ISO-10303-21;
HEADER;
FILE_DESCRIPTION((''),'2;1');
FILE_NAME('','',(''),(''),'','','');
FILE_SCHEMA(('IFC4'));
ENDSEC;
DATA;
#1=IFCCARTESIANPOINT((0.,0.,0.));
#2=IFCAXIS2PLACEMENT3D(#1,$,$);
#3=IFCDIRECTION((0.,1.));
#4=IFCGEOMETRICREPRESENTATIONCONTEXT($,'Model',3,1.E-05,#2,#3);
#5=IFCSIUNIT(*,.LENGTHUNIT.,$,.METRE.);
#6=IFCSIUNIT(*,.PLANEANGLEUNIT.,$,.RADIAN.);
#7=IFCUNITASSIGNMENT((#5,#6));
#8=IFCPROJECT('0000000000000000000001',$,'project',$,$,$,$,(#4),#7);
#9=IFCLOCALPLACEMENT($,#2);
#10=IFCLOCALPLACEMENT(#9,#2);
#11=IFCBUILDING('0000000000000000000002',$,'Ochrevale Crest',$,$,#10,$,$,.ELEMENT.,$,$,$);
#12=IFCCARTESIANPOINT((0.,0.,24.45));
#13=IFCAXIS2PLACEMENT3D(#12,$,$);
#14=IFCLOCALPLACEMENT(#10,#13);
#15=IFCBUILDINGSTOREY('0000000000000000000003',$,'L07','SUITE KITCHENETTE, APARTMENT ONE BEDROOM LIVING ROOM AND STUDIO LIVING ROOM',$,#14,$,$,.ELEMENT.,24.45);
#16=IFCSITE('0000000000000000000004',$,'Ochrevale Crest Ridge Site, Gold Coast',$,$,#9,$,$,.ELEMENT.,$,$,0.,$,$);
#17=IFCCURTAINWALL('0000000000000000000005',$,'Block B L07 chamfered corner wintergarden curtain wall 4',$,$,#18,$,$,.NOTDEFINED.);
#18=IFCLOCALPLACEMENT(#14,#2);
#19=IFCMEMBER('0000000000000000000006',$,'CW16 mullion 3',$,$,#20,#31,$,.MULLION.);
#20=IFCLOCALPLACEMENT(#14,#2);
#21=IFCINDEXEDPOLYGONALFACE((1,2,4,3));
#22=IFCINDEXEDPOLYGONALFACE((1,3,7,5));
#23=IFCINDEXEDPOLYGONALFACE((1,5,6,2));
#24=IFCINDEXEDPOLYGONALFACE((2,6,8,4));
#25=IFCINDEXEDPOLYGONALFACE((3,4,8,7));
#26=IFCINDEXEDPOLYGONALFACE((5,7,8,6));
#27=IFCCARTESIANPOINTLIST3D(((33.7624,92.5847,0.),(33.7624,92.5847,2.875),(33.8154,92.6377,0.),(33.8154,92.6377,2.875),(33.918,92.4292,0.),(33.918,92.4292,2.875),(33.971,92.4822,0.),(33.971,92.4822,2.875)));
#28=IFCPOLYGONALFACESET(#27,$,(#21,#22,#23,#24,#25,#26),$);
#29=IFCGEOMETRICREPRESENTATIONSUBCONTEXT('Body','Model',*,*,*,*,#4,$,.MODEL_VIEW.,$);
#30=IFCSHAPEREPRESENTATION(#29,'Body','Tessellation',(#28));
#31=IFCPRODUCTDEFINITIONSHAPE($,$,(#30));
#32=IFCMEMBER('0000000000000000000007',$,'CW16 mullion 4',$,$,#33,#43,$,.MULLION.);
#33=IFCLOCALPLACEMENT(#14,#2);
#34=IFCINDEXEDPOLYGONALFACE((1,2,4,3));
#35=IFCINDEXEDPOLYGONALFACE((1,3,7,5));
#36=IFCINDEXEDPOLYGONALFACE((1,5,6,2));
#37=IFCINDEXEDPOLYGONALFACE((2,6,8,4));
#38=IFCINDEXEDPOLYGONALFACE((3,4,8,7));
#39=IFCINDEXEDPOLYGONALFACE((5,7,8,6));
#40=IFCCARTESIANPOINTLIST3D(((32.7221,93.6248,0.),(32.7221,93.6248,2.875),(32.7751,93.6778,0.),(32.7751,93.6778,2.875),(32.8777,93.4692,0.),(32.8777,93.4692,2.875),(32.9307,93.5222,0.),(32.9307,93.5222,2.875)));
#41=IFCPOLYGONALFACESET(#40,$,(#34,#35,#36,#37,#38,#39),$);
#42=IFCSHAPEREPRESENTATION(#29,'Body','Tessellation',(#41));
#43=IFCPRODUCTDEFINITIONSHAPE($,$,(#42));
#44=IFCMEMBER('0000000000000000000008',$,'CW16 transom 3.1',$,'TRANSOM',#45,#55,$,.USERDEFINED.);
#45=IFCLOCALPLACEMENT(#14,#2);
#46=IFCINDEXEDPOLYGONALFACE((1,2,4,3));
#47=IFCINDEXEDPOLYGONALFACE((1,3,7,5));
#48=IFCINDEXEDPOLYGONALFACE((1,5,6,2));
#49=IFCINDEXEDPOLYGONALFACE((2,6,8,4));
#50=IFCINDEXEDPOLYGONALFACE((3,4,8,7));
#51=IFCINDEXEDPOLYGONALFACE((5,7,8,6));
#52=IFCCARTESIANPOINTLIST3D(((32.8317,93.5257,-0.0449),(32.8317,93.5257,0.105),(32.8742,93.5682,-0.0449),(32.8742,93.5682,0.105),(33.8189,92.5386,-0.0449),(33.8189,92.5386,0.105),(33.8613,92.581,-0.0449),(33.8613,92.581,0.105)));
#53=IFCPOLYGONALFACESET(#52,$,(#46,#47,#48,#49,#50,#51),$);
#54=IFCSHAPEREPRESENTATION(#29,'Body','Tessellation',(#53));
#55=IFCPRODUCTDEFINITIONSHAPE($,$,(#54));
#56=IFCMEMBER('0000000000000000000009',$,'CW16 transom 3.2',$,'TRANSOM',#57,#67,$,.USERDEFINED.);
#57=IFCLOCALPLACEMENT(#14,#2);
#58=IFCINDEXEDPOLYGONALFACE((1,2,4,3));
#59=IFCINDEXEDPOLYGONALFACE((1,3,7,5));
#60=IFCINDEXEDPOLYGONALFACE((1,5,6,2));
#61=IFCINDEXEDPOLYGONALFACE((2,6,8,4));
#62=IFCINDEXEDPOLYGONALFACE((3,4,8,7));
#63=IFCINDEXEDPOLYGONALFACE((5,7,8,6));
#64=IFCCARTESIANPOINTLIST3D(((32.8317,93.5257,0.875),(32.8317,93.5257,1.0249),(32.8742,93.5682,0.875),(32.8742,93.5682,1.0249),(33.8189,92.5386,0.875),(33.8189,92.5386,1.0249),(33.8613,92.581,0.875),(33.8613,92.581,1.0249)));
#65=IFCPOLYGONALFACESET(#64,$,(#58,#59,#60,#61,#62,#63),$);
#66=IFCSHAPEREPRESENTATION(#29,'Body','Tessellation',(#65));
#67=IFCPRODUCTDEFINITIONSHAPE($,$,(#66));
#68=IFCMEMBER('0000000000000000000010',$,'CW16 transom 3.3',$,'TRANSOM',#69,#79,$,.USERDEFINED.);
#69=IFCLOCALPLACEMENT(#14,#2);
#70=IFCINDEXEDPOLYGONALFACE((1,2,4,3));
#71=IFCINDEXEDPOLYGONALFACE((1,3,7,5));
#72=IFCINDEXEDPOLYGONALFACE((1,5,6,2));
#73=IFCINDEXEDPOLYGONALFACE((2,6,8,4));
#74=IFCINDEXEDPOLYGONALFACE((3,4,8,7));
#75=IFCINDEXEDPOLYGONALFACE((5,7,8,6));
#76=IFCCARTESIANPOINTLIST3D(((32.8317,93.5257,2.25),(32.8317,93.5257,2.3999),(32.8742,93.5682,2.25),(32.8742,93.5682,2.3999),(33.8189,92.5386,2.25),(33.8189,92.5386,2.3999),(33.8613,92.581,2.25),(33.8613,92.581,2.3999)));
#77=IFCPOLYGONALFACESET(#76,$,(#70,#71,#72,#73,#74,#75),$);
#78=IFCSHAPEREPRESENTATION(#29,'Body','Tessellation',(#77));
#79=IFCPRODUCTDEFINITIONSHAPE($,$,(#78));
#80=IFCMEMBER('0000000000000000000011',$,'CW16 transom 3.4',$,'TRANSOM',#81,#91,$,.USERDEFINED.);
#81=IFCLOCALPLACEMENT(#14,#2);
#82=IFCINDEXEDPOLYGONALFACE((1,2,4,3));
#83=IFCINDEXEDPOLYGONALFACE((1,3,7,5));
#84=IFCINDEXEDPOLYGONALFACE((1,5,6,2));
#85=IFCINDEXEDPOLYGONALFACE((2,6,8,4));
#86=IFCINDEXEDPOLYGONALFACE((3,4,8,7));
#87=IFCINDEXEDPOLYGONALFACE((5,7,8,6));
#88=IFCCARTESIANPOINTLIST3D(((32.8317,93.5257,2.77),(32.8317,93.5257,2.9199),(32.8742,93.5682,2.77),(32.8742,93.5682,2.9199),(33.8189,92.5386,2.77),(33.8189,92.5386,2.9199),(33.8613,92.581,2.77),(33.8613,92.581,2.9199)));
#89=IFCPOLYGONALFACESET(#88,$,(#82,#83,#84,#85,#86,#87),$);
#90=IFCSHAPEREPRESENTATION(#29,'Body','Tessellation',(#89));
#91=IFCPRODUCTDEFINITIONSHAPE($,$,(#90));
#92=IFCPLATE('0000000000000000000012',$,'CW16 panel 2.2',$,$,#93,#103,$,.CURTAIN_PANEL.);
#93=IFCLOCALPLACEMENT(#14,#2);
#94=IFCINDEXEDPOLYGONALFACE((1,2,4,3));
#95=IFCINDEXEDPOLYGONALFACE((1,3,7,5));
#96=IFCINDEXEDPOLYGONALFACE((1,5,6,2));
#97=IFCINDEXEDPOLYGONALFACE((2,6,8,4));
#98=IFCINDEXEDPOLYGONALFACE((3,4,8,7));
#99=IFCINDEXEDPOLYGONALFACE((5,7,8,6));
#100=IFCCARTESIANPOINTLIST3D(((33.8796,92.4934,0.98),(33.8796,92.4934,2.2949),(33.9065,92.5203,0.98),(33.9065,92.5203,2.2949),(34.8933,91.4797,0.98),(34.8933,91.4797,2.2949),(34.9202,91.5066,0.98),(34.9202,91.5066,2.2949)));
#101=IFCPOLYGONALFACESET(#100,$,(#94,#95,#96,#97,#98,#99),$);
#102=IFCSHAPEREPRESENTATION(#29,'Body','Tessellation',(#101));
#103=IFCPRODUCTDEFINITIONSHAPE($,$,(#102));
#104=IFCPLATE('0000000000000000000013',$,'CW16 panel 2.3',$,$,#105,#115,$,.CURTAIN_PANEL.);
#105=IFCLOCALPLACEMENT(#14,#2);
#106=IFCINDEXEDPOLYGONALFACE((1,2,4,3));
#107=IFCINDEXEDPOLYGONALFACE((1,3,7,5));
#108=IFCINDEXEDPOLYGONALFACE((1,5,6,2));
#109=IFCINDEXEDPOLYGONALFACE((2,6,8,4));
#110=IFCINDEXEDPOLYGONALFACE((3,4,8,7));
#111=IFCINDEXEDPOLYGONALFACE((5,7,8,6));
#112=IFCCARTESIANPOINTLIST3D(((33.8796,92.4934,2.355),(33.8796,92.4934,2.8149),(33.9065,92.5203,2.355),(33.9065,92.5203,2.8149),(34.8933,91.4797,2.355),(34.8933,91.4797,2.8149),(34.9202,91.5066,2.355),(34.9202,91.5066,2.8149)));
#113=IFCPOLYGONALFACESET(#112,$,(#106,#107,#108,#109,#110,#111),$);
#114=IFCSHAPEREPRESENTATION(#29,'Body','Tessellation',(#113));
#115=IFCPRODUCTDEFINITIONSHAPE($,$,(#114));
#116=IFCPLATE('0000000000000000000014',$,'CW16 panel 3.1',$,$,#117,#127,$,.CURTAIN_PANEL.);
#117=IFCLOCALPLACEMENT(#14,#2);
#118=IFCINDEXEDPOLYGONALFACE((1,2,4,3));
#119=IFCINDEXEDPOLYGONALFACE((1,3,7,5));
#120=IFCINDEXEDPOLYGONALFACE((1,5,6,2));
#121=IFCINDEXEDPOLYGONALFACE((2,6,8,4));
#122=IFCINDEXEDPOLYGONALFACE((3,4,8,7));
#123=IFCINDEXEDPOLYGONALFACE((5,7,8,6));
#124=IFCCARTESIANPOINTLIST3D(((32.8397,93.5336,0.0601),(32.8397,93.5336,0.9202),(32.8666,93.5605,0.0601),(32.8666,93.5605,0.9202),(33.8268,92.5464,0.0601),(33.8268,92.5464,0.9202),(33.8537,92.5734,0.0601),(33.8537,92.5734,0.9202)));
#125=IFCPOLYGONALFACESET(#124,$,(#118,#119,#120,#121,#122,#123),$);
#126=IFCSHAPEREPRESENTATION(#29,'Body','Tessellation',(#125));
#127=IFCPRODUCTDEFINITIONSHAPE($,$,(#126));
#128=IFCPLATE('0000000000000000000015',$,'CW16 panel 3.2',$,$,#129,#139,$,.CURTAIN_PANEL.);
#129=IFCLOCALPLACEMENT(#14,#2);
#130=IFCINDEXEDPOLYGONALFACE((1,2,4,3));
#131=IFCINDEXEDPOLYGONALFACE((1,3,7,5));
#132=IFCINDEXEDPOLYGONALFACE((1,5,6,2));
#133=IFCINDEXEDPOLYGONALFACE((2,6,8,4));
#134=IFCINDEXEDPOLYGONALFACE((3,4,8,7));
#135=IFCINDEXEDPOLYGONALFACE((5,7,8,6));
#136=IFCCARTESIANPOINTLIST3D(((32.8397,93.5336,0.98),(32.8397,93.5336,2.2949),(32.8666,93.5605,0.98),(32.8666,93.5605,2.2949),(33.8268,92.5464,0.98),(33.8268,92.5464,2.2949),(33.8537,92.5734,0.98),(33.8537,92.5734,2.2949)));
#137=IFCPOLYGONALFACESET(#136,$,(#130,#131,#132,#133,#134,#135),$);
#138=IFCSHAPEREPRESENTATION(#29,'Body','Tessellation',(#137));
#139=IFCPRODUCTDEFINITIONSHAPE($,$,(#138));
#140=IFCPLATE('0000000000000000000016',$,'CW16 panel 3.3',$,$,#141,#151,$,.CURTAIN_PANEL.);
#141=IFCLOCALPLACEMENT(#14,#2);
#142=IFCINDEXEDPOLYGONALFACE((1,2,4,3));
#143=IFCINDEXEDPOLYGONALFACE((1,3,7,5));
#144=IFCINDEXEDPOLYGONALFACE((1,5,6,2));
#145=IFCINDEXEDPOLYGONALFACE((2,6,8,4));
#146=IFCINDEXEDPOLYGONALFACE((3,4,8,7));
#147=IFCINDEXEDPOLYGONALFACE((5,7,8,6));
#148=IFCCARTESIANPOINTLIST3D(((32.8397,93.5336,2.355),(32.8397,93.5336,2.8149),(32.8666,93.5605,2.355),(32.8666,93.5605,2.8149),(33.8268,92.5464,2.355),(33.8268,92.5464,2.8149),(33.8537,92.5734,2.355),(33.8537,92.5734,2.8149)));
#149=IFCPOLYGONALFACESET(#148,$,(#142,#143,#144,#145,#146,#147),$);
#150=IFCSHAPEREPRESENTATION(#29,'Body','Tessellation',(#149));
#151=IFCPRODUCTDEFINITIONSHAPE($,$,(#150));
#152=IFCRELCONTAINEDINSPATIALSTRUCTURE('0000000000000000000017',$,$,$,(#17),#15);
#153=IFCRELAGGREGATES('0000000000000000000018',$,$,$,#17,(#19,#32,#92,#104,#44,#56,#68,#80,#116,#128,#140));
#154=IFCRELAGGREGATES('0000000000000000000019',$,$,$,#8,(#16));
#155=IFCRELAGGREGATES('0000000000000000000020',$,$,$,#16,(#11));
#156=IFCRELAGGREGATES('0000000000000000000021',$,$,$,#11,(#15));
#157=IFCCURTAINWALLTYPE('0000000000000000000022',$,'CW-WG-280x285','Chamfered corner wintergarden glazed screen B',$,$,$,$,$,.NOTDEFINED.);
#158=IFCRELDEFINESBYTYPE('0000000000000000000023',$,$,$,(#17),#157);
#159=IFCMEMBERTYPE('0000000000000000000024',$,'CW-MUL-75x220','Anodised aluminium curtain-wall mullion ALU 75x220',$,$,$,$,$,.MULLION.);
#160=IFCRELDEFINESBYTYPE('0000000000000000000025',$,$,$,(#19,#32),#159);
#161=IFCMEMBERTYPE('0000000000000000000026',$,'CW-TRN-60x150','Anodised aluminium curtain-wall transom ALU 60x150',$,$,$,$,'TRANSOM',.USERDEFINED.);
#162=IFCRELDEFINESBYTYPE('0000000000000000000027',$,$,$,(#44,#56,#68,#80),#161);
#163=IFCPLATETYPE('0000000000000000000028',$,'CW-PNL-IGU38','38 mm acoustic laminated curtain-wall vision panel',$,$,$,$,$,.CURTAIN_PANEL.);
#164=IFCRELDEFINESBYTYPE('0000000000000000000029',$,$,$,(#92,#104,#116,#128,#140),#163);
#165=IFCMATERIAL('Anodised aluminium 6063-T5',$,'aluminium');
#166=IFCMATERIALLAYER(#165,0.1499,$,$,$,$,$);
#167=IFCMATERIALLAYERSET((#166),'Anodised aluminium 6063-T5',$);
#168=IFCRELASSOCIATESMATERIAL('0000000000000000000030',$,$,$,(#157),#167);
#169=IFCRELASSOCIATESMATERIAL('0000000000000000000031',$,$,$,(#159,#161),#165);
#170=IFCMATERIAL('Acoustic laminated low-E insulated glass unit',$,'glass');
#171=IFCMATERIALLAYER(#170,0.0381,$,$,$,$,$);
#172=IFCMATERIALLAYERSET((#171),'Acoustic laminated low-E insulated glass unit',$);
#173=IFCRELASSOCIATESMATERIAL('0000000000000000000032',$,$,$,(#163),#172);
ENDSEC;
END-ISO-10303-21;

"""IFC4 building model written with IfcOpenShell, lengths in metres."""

from ifc_helpers import new_model, si_unit, direction, frame, origin, origin_2d, place, context, subcontext, project, spatial, rectangle, extrude, material, layer, layer_set, material_profile, profile_set, type_object, element, aggregate, save


model = new_model("IFC4")

# Units and contexts
model_context = context("Model", 3, precision=1e-05, world=origin(), true_north=direction((0.0, 1.0)))
body_context = subcontext(model_context, "Body", "Model", "MODEL_VIEW")
ifc_project = project(units=[si_unit("LENGTHUNIT", "METRE"), si_unit("PLANEANGLEUNIT", "RADIAN")], contexts=[model_context])

# Site, building, storey
site_placement = place(None, origin())
site = spatial("IfcSite", under=ifc_project, at=site_placement, Name="Ochrevale Crest Ridge Site, Gold Coast", CompositionType="ELEMENT", RefElevation=0.0)
building_placement = place(site_placement, origin())
building = spatial("IfcBuilding", under=site, at=building_placement, Name="Ochrevale Crest", CompositionType="ELEMENT")
storey_placement = place(building_placement, frame((0.0, 0.0, 24.45)))
storey = spatial("IfcBuildingStorey", under=building, at=storey_placement, Name="L07", Description="SUITE KITCHENETTE, APARTMENT ONE BEDROOM LIVING ROOM AND STUDIO LIVING ROOM", CompositionType="ELEMENT", Elevation=24.45)

# Curtain wall, members, plates
ifc_material_1 = material(Name="Anodised aluminium 6063-T5", Category="aluminium")
ifc_layer_1 = layer(ifc_material_1, 0.1499)
ifc_layer_set_1 = layer_set([ifc_layer_1], Name="Anodised aluminium 6063-T5")
curtain_wall_type = type_object("IfcCurtainWallType", Name="CW-WG-280x285", Description="Chamfered corner wintergarden glazed screen B", PredefinedType="NOTDEFINED", material=ifc_layer_set_1)
curtain_wall_placement = place(storey_placement, origin())
curtain_wall = element("IfcCurtainWall", 1, at=curtain_wall_placement, inside=storey, type_object=curtain_wall_type, Name="Block B L07 chamfered corner wintergarden curtain wall 4", PredefinedType="NOTDEFINED")
ifc_material_profile_1 = material_profile(ifc_material_1, rectangle(XDim=0.075, YDim=0.22, at=origin_2d()), Name="ALU 75x220")
ifc_profile_set_1 = profile_set([ifc_material_profile_1], Name="Anodised aluminium 6063-T5")
member_type_1 = type_object("IfcMemberType", Name="CW-MUL-75x220", Description="Anodised aluminium curtain-wall mullion ALU 75x220", PredefinedType="MULLION", material=ifc_profile_set_1)
member_1_placement = place(storey_placement, frame((33.8667, 92.5334, 0.0), z_axis=(0.0, 0.0, 1.0), x_axis=(-0.707107, -0.707107, 0.0)))
member_1 = element("IfcMember", 2, at=member_1_placement, type_object=member_type_1, Name="CW16 mullion 3", PredefinedType="MULLION", context=body_context, shape_type="SweptSolid", body=[
    extrude(rectangle(XDim=0.075, YDim=0.22, at=origin_2d()), origin(), (0.0, 0.0, 1.0), 2.875),
])
member_2_placement = place(storey_placement, frame((32.8264, 93.5735, 0.0), z_axis=(0.0, 0.0, 1.0), x_axis=(-0.707107, -0.707107, 0.0)))
member_2 = element("IfcMember", 3, at=member_2_placement, type_object=member_type_1, Name="CW16 mullion 4", PredefinedType="MULLION", context=body_context, shape_type="SweptSolid", body=[
    extrude(rectangle(XDim=0.075, YDim=0.22, at=origin_2d()), origin(), (0.0, 0.0, 1.0), 2.875),
])
ifc_material_profile_2 = material_profile(ifc_material_1, rectangle(XDim=0.0601, YDim=0.1499, at=origin_2d()), Name="ALU 60x150")
ifc_profile_set_2 = profile_set([ifc_material_profile_2], Name="Anodised aluminium 6063-T5")
member_type_2 = type_object("IfcMemberType", Name="CW-TRN-60x150", Description="Anodised aluminium curtain-wall transom ALU 60x150", ElementType="TRANSOM", PredefinedType="USERDEFINED", material=ifc_profile_set_2)
member_3_placement = place(storey_placement, frame((33.8401, 92.5598, 0.03), z_axis=(-0.707107, 0.707107, 0.0), x_axis=(-0.707107, -0.707107, 0.0)))
member_3 = element("IfcMember", 4, at=member_3_placement, type_object=member_type_2, Name="CW16 transom 3.1", ObjectType="TRANSOM", PredefinedType="USERDEFINED", context=body_context, shape_type="SweptSolid", body=[
    extrude(rectangle(XDim=0.0601, YDim=0.1499, at=origin_2d()), origin(), (0.0, 0.0, 1.0), 1.396),
])
member_4_placement = place(storey_placement, frame((33.8401, 92.5598, 0.95), z_axis=(-0.707107, 0.707107, 0.0), x_axis=(-0.707107, -0.707107, 0.0)))
member_4 = element("IfcMember", 5, at=member_4_placement, type_object=member_type_2, Name="CW16 transom 3.2", ObjectType="TRANSOM", PredefinedType="USERDEFINED", context=body_context, shape_type="SweptSolid", body=[
    extrude(rectangle(XDim=0.0601, YDim=0.1499, at=origin_2d()), origin(), (0.0, 0.0, 1.0), 1.396),
])
member_5_placement = place(storey_placement, frame((33.8401, 92.5598, 2.325), z_axis=(-0.707107, 0.707107, 0.0), x_axis=(-0.707107, -0.707107, 0.0)))
member_5 = element("IfcMember", 6, at=member_5_placement, type_object=member_type_2, Name="CW16 transom 3.3", ObjectType="TRANSOM", PredefinedType="USERDEFINED", context=body_context, shape_type="SweptSolid", body=[
    extrude(rectangle(XDim=0.0601, YDim=0.1499, at=origin_2d()), origin(), (0.0, 0.0, 1.0), 1.396),
])
member_6_placement = place(storey_placement, frame((33.8401, 92.5598, 2.845), z_axis=(-0.707107, 0.707107, 0.0), x_axis=(-0.707107, -0.707107, 0.0)))
member_6 = element("IfcMember", 7, at=member_6_placement, type_object=member_type_2, Name="CW16 transom 3.4", ObjectType="TRANSOM", PredefinedType="USERDEFINED", context=body_context, shape_type="SweptSolid", body=[
    extrude(rectangle(XDim=0.0601, YDim=0.1499, at=origin_2d()), origin(), (0.0, 0.0, 1.0), 1.396),
])
ifc_material_2 = material(Name="Acoustic laminated low-E insulated glass unit", Category="glass")
ifc_layer_2 = layer(ifc_material_2, 0.0381)
ifc_layer_set_2 = layer_set([ifc_layer_2], Name="Acoustic laminated low-E insulated glass unit")
plate_type = type_object("IfcPlateType", Name="CW-PNL-IGU38", Description="38 mm acoustic laminated curtain-wall vision panel", PredefinedType="CURTAIN_PANEL", material=ifc_layer_set_2)
plate_1_placement = place(storey_placement, frame((34.3999, 92.0, 0.98), z_axis=(0.0, 0.0, 1.0), x_axis=(-0.707107, 0.707107, 0.0)))
plate_1 = element("IfcPlate", 8, at=plate_1_placement, type_object=plate_type, Name="CW16 panel 2.2", PredefinedType="CURTAIN_PANEL", context=body_context, shape_type="SweptSolid", body=[
    extrude(rectangle(XDim=1.4336, YDim=0.0381, at=origin_2d()), origin(), (0.0, 0.0, 1.0), 1.3149),
])
plate_2_placement = place(storey_placement, frame((34.3999, 92.0, 2.355), z_axis=(0.0, 0.0, 1.0), x_axis=(-0.707107, 0.707107, 0.0)))
plate_2 = element("IfcPlate", 9, at=plate_2_placement, type_object=plate_type, Name="CW16 panel 2.3", PredefinedType="CURTAIN_PANEL", context=body_context, shape_type="SweptSolid", body=[
    extrude(rectangle(XDim=1.4336, YDim=0.0381, at=origin_2d()), origin(), (0.0, 0.0, 1.0), 0.46),
])
plate_3_placement = place(storey_placement, frame((33.3467, 93.0535, 0.0601), z_axis=(0.0, 0.0, 1.0), x_axis=(-0.707107, 0.707107, 0.0)))
plate_3 = element("IfcPlate", 10, at=plate_3_placement, type_object=plate_type, Name="CW16 panel 3.1", PredefinedType="CURTAIN_PANEL", context=body_context, shape_type="SweptSolid", body=[
    extrude(rectangle(XDim=1.396, YDim=0.0381, at=origin_2d()), origin(), (0.0, 0.0, 1.0), 0.8601),
])
plate_4_placement = place(storey_placement, frame((33.3467, 93.0535, 0.98), z_axis=(0.0, 0.0, 1.0), x_axis=(-0.707107, 0.707107, 0.0)))
plate_4 = element("IfcPlate", 11, at=plate_4_placement, type_object=plate_type, Name="CW16 panel 3.2", PredefinedType="CURTAIN_PANEL", context=body_context, shape_type="SweptSolid", body=[
    extrude(rectangle(XDim=1.396, YDim=0.0381, at=origin_2d()), origin(), (0.0, 0.0, 1.0), 1.3149),
])
plate_5_placement = place(storey_placement, frame((33.3467, 93.0535, 2.355), z_axis=(0.0, 0.0, 1.0), x_axis=(-0.707107, 0.707107, 0.0)))
plate_5 = element("IfcPlate", 12, at=plate_5_placement, type_object=plate_type, Name="CW16 panel 3.3", PredefinedType="CURTAIN_PANEL", context=body_context, shape_type="SweptSolid", body=[
    extrude(rectangle(XDim=1.396, YDim=0.0381, at=origin_2d()), origin(), (0.0, 0.0, 1.0), 0.46),
])
aggregate(curtain_wall, [member_1, member_2, plate_1, plate_2, member_3, member_4, member_5, member_6, plate_3, plate_4, plate_5])

save(model, "model.ifc")
